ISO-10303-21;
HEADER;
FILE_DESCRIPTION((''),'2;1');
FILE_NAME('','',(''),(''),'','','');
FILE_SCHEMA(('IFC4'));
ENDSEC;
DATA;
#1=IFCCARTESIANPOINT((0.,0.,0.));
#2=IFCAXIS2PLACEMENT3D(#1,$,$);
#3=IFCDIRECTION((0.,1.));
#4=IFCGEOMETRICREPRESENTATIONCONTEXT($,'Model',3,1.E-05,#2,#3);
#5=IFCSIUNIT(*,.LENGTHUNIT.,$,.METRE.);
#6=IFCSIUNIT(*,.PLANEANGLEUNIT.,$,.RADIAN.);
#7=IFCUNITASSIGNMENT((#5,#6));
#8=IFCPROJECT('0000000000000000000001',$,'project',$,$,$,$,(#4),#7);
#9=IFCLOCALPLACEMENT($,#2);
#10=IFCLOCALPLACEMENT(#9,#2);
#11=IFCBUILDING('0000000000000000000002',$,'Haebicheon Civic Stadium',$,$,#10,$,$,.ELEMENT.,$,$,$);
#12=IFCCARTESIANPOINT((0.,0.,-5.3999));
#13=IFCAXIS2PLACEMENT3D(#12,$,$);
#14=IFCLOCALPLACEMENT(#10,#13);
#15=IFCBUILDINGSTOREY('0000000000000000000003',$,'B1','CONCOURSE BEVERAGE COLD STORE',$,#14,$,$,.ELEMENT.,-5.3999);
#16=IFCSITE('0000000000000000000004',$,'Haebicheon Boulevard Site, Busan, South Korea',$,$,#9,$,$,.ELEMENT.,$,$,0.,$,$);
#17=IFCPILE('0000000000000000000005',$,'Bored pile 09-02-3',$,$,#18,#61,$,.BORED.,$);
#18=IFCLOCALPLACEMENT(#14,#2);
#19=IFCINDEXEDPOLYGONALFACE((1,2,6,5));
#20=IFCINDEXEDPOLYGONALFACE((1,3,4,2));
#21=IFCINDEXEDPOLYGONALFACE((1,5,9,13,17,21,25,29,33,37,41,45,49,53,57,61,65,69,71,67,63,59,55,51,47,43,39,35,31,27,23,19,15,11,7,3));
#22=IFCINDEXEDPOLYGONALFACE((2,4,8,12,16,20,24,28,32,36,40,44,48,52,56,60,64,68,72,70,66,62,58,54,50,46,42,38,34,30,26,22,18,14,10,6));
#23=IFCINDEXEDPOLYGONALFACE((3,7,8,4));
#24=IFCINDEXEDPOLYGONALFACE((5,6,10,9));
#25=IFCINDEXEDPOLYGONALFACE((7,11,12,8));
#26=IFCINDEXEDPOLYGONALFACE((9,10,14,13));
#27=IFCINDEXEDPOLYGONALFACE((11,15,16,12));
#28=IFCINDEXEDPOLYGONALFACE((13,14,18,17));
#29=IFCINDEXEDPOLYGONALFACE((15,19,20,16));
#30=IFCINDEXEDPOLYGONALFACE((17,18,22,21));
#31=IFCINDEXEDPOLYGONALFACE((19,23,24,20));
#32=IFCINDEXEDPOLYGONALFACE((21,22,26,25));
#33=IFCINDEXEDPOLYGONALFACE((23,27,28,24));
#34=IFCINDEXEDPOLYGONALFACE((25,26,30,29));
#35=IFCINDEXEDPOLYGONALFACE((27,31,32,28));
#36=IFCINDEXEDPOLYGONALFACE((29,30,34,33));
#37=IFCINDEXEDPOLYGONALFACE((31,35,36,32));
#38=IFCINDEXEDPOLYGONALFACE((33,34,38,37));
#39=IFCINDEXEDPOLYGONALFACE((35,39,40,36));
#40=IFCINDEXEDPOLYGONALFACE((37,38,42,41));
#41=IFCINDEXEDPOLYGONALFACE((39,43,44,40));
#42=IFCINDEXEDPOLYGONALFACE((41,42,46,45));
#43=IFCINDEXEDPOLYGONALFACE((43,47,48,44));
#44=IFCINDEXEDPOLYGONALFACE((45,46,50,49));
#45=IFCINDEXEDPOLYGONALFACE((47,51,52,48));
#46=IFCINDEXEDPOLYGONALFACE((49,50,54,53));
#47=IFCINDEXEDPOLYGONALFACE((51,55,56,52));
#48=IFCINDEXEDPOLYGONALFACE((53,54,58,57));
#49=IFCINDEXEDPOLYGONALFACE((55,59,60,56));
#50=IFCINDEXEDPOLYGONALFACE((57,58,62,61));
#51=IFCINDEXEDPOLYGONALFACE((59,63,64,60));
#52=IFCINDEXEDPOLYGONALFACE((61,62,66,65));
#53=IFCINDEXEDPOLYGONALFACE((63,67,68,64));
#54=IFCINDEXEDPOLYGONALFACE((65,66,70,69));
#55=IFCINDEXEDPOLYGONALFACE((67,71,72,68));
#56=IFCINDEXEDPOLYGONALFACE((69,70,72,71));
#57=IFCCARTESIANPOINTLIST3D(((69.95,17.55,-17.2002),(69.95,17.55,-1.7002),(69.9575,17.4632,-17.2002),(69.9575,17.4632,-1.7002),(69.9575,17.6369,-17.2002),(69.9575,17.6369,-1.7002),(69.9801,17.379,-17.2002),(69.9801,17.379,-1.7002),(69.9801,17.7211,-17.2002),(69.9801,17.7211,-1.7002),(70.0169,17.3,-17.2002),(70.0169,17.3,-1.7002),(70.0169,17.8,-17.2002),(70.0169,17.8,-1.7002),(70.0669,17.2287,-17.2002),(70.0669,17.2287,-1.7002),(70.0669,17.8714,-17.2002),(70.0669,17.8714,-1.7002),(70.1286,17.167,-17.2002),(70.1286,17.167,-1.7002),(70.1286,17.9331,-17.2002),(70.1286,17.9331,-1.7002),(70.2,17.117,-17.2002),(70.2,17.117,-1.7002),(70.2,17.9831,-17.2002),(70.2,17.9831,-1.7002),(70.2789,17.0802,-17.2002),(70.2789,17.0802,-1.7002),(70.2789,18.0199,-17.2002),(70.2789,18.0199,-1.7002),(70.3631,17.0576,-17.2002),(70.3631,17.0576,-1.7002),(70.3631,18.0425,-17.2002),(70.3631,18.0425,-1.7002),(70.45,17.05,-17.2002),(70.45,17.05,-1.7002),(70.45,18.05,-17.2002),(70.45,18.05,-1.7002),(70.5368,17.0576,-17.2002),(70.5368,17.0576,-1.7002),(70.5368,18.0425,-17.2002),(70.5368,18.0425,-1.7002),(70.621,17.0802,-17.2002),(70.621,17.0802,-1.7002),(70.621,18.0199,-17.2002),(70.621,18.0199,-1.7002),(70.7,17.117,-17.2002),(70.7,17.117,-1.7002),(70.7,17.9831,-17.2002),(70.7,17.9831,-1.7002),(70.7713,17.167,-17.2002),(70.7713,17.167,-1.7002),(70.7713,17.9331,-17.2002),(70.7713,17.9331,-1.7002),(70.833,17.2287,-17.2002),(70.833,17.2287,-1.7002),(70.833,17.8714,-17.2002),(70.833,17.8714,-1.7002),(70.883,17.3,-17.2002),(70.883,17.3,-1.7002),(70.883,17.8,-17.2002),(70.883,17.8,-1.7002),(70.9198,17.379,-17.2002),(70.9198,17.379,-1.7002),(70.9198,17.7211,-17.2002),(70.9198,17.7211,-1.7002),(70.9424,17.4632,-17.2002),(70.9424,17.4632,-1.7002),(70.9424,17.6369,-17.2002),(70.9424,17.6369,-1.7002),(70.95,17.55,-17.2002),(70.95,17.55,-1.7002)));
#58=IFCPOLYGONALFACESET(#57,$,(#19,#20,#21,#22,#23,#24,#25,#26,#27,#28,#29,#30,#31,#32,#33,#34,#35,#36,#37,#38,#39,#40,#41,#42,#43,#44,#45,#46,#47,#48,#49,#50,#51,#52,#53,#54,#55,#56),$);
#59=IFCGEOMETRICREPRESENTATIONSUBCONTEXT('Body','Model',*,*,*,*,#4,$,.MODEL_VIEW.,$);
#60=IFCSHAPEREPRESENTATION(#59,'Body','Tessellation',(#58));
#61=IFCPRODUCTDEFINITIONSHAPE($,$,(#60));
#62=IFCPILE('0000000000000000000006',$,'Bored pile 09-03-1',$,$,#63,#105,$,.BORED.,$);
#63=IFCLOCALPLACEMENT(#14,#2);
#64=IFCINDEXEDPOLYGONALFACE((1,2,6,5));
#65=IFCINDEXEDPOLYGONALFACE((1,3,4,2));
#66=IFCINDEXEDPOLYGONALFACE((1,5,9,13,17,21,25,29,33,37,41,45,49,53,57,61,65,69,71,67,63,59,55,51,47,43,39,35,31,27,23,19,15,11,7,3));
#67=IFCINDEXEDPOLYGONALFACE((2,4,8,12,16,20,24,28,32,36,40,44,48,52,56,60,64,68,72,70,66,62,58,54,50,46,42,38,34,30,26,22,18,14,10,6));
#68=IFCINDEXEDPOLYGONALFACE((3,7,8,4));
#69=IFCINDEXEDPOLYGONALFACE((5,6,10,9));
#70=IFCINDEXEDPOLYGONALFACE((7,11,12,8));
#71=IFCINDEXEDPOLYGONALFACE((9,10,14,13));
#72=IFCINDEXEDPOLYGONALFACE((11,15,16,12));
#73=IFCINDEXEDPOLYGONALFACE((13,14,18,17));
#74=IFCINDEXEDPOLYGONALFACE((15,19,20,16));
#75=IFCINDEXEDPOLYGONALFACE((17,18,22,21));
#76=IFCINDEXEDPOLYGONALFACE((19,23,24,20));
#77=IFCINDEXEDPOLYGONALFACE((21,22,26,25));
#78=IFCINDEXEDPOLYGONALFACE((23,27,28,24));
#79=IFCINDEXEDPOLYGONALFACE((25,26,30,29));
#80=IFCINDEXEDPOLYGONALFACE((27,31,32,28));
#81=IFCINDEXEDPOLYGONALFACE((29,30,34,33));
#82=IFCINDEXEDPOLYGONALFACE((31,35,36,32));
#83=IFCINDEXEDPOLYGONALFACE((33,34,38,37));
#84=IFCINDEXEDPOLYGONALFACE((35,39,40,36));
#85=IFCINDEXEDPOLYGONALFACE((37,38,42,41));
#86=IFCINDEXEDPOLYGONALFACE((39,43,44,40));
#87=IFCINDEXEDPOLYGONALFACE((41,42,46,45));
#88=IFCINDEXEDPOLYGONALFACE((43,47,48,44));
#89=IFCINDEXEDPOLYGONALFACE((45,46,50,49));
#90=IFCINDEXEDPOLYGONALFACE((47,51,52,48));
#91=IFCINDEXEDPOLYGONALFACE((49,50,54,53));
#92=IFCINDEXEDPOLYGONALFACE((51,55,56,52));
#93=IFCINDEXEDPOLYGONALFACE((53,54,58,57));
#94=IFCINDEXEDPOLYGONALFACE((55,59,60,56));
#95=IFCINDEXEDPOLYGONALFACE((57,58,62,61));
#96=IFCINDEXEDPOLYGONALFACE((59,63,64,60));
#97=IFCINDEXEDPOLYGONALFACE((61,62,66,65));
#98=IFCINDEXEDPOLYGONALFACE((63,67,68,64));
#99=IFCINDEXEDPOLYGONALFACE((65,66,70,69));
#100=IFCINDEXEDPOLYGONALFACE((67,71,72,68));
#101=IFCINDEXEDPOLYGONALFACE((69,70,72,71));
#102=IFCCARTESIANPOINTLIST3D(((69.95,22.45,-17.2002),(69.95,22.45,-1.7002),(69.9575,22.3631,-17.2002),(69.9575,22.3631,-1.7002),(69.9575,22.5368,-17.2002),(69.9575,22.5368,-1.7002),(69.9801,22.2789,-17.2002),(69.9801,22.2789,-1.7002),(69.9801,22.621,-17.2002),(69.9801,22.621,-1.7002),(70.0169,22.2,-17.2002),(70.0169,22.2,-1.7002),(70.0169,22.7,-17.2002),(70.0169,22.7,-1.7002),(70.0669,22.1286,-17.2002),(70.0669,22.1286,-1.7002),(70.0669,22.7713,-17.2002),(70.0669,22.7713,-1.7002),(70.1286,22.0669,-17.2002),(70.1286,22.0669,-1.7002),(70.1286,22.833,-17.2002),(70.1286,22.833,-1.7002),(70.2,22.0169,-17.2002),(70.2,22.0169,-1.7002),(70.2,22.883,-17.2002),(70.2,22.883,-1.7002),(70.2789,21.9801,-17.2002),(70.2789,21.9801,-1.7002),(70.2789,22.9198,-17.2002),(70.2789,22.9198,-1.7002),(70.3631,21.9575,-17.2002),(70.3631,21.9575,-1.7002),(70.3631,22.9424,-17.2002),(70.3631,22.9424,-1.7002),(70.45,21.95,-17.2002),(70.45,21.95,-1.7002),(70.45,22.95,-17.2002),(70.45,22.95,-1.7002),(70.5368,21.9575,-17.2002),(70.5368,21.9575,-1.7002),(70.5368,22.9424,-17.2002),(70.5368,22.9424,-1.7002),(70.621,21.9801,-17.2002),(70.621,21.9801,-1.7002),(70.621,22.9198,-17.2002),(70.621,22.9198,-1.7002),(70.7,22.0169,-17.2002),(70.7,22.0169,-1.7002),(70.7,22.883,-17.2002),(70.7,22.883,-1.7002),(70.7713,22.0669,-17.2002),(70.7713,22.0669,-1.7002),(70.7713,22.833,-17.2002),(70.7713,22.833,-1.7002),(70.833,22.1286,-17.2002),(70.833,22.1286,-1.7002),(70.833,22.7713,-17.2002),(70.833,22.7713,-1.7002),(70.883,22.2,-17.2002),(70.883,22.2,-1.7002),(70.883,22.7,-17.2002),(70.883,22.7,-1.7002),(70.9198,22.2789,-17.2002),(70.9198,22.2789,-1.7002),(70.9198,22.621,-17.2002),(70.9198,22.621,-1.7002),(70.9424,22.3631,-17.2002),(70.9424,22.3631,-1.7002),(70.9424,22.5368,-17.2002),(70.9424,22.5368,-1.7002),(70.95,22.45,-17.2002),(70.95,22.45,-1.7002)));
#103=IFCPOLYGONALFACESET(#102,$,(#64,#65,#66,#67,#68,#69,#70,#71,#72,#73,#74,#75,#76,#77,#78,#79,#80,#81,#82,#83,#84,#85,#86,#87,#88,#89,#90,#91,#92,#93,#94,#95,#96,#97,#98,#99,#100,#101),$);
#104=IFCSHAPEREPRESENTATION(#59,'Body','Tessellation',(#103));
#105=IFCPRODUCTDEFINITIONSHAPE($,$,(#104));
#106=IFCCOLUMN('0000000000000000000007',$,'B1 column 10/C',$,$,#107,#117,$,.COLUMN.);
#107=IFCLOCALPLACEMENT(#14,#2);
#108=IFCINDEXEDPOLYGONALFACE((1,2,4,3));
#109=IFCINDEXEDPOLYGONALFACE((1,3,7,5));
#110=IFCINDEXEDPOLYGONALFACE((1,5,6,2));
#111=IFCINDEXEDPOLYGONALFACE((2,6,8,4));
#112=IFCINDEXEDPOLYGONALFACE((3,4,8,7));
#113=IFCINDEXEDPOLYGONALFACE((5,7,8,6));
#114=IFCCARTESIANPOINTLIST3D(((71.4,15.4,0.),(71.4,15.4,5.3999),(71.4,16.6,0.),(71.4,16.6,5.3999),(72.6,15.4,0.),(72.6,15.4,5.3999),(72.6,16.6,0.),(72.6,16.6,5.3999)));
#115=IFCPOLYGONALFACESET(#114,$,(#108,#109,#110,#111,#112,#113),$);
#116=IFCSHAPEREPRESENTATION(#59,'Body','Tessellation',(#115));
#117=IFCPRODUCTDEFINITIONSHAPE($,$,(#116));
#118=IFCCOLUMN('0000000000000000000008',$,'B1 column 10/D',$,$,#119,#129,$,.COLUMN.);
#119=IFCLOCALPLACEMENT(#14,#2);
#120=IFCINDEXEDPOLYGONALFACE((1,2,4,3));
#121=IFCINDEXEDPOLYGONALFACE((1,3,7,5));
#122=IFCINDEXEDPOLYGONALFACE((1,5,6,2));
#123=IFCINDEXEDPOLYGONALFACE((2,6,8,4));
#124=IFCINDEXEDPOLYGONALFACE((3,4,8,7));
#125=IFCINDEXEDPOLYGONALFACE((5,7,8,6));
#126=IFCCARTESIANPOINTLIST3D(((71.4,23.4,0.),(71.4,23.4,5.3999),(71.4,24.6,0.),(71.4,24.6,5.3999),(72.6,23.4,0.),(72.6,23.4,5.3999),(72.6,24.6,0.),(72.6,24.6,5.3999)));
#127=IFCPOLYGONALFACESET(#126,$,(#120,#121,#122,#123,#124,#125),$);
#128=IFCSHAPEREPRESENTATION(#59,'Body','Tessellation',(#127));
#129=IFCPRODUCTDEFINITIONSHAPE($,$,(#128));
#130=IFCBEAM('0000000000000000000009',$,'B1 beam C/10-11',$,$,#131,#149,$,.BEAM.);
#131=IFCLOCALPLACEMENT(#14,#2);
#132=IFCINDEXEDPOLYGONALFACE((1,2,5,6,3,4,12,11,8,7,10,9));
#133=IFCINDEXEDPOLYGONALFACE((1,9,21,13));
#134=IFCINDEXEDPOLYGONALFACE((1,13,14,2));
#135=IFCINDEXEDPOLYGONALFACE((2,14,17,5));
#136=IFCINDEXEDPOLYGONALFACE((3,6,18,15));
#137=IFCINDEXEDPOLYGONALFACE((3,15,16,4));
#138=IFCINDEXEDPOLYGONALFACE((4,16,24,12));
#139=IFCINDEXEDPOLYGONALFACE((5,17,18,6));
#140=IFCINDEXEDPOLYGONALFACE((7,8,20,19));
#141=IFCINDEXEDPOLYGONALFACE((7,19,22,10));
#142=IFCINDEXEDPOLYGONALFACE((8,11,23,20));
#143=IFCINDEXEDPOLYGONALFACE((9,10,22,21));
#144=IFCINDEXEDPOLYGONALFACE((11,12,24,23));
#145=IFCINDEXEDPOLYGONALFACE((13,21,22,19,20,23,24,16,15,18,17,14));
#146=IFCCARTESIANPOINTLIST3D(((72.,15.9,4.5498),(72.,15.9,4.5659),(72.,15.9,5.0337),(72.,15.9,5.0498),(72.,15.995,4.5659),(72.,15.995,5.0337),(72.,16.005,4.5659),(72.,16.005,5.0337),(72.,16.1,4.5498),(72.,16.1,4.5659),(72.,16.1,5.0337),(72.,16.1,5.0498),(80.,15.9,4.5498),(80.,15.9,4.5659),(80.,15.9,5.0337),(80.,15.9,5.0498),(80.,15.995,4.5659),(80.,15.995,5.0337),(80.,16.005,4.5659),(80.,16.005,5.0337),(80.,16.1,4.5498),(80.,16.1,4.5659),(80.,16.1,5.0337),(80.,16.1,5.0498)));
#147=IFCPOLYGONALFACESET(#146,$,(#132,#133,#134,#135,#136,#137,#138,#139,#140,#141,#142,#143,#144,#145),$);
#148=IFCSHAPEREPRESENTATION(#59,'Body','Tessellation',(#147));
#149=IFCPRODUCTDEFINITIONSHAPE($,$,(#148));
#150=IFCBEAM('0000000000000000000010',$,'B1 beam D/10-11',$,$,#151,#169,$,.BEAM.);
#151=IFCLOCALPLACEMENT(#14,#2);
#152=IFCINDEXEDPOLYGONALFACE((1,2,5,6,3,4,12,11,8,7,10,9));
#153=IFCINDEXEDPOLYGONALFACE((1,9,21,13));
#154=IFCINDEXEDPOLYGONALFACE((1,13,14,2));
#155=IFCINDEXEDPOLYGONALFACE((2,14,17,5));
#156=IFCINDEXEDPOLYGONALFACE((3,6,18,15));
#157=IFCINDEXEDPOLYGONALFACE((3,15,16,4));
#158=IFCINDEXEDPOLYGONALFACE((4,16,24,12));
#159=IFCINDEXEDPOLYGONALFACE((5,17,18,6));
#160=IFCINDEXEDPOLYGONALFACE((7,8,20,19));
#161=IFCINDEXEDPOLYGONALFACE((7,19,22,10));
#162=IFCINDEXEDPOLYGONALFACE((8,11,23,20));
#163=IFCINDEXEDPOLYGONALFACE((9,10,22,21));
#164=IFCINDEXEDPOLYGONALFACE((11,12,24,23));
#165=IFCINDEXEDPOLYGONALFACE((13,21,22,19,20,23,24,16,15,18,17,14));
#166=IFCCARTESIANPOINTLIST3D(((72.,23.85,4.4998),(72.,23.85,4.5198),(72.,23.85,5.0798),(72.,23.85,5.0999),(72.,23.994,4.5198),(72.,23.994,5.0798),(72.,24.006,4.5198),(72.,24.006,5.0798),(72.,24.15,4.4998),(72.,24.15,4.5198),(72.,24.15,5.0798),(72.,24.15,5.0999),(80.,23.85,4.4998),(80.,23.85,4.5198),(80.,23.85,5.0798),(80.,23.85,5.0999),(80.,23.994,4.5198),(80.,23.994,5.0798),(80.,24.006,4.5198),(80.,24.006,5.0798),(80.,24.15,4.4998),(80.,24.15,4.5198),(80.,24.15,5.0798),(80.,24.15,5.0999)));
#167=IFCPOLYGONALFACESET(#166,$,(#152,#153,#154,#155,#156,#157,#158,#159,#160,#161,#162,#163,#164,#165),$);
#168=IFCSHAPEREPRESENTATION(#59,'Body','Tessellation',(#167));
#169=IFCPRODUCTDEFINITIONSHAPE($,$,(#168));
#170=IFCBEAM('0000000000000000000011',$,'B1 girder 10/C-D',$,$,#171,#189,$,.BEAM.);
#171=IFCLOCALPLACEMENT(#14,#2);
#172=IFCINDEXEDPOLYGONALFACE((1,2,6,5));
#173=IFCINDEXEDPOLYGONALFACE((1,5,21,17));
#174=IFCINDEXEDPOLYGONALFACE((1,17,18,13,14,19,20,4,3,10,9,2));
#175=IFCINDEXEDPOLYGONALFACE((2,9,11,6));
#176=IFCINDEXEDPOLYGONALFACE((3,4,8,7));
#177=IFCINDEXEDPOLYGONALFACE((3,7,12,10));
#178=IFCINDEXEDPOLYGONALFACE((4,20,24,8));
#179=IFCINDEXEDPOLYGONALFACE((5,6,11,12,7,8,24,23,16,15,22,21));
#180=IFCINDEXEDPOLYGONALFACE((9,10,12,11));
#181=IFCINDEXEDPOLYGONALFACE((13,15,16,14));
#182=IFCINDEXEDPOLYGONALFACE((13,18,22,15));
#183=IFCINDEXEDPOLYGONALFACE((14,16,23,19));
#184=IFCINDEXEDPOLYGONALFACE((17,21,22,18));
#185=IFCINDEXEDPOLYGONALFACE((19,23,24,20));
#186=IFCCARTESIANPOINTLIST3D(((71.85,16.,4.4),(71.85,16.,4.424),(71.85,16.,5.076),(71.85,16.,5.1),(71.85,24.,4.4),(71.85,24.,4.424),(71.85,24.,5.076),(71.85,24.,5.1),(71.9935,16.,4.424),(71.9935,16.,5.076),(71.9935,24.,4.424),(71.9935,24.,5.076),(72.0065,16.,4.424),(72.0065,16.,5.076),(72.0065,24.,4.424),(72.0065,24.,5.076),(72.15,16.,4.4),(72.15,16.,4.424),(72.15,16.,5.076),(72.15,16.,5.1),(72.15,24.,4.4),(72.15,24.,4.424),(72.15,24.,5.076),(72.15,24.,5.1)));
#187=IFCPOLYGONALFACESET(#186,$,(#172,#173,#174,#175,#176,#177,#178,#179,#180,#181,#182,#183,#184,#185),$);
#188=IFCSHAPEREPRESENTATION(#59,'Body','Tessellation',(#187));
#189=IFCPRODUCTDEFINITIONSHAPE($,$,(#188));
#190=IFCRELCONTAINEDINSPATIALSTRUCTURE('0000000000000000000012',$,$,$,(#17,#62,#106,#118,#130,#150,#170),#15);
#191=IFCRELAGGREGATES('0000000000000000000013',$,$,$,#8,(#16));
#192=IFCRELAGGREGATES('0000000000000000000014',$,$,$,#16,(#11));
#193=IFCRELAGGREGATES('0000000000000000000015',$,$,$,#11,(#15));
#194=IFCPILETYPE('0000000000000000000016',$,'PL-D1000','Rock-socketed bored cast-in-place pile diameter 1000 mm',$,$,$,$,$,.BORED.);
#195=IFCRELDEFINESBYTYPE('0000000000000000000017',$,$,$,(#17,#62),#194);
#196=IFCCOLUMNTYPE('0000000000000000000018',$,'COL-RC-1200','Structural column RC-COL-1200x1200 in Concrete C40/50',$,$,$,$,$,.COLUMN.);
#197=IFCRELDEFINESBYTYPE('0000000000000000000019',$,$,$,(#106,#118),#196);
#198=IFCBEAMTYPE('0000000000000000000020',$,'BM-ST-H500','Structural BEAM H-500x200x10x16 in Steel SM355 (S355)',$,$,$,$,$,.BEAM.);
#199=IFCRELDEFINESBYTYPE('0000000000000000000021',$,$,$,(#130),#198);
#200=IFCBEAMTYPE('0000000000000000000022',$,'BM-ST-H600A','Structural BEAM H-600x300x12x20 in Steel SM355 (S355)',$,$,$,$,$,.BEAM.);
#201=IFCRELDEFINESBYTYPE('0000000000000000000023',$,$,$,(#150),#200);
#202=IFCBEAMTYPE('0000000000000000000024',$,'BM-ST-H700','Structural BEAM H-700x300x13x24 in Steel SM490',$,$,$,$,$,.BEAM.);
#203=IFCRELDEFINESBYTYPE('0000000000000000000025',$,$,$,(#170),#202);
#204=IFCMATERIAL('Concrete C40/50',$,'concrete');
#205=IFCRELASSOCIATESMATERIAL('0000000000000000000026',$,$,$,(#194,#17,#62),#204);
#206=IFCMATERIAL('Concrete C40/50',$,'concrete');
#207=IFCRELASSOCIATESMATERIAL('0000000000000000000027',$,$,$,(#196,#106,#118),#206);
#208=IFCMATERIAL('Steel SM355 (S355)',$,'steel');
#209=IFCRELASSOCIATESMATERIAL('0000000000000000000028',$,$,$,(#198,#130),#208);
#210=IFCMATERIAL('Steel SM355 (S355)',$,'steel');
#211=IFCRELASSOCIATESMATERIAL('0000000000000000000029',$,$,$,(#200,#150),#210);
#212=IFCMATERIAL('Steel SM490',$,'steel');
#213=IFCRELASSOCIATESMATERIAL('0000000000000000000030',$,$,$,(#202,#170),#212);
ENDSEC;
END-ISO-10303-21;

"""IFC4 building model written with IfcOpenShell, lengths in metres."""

from ifc_helpers import new_model, si_unit, direction, frame, origin, origin_2d, place, context, subcontext, project, spatial, rectangle, circle, i_section, extrude, material, material_profile, profile_set, type_object, element, save


model = new_model("IFC4")

# Units and contexts
model_context = context("Model", 3, precision=1e-05, world=origin(), true_north=direction((0.0, 1.0)))
body_context = subcontext(model_context, "Body", "Model", "MODEL_VIEW")
ifc_project = project(units=[si_unit("LENGTHUNIT", "METRE"), si_unit("PLANEANGLEUNIT", "RADIAN")], contexts=[model_context])

# Site, building, storey
site_placement = place(None, origin())
site = spatial("IfcSite", under=ifc_project, at=site_placement, Name="Haebicheon Boulevard Site, Busan, South Korea", CompositionType="ELEMENT", RefElevation=0.0)
building_placement = place(site_placement, origin())
building = spatial("IfcBuilding", under=site, at=building_placement, Name="Haebicheon Civic Stadium", CompositionType="ELEMENT")
storey_placement = place(building_placement, frame((0.0, 0.0, -5.3999)))
storey = spatial("IfcBuildingStorey", under=building, at=storey_placement, Name="B1", Description="CONCOURSE BEVERAGE COLD STORE", CompositionType="ELEMENT", Elevation=-5.3999)

# Piles
ifc_material_1 = material(Name="Concrete C40/50", Category="concrete")
ifc_material_profile_1 = material_profile(ifc_material_1, circle(Radius=0.5, at=origin_2d()), Name="PILE-D1000")
ifc_profile_set_1 = profile_set([ifc_material_profile_1], Name="Concrete C40/50")
pile_type = type_object("IfcPileType", Name="PL-D1000", Description="Rock-socketed bored cast-in-place pile diameter 1000 mm", PredefinedType="BORED", material=ifc_profile_set_1)
for number, where, z_axis, x_axis, name in (
    (1, (70.45, 17.55, -1.7002), (0.0, 0.0, -1.0), (1.0, 0.0, 0.0), "Bored pile 09-02-3"),
    (2, (70.45, 22.45, -1.7002), (0.0, 0.0, -1.0), (1.0, 0.0, 0.0), "Bored pile 09-03-1"),
):
    element("IfcPile", number, at=place(storey_placement, frame(where, z_axis=z_axis, x_axis=x_axis)), inside=storey, type_object=pile_type, material=ifc_profile_set_1, Name=name, PredefinedType="BORED", context=body_context, shape_type="SweptSolid", body=[
        extrude(circle(Radius=0.5, at=origin_2d()), origin(), (0.0, 0.0, 1.0), 15.5),
    ])

# Columns
ifc_material_2 = material(Name="Concrete C40/50", Category="concrete")
ifc_material_profile_2 = material_profile(ifc_material_2, rectangle(XDim=1.2, YDim=1.2, at=origin_2d()), Name="RC-COL-1200x1200")
ifc_profile_set_2 = profile_set([ifc_material_profile_2], Name="Concrete C40/50")
column_type = type_object("IfcColumnType", Name="COL-RC-1200", Description="Structural column RC-COL-1200x1200 in Concrete C40/50", PredefinedType="COLUMN", material=ifc_profile_set_2)
for number, where, z_axis, x_axis, name in (
    (3, (72.0, 16.0, 0.0), (0.0, 0.0, 1.0), (1.0, 0.0, 0.0), "B1 column 10/C"),
    (4, (72.0, 24.0, 0.0), (0.0, 0.0, 1.0), (1.0, 0.0, 0.0), "B1 column 10/D"),
):
    element("IfcColumn", number, at=place(storey_placement, frame(where, z_axis=z_axis, x_axis=x_axis)), inside=storey, type_object=column_type, material=ifc_profile_set_2, Name=name, PredefinedType="COLUMN", context=body_context, shape_type="SweptSolid", body=[
        extrude(rectangle(XDim=1.2, YDim=1.2, at=origin_2d()), origin(), (0.0, 0.0, 1.0), 5.3999),
    ])

# Beams
ifc_material_3 = material(Name="Steel SM355 (S355)", Category="steel")
ifc_material_profile_3 = material_profile(ifc_material_3, i_section(OverallWidth=0.2, OverallDepth=0.5, WebThickness=0.01, FlangeThickness=0.0161, at=origin_2d()), Name="H-500x200x10x16")
ifc_profile_set_3 = profile_set([ifc_material_profile_3], Name="Steel SM355 (S355)")
beam_type_1 = type_object("IfcBeamType", Name="BM-ST-H500", Description="Structural BEAM H-500x200x10x16 in Steel SM355 (S355)", PredefinedType="BEAM", material=ifc_profile_set_3)
beam_1_placement = place(storey_placement, frame((72.0, 16.0, 4.7998), z_axis=(1.0, 0.0, 0.0), x_axis=(0.0, 1.0, 0.0)))
element("IfcBeam", 5, at=beam_1_placement, inside=storey, type_object=beam_type_1, material=ifc_profile_set_3, Name="B1 beam C/10-11", PredefinedType="BEAM", context=body_context, shape_type="SweptSolid", body=[
    extrude(i_section(OverallWidth=0.2, OverallDepth=0.5, WebThickness=0.01, FlangeThickness=0.0161, at=origin_2d()), origin(), (0.0, 0.0, 1.0), 8.0),
])
ifc_material_4 = material(Name="Steel SM355 (S355)", Category="steel")
ifc_material_profile_4 = material_profile(ifc_material_4, i_section(OverallWidth=0.3, OverallDepth=0.6001, WebThickness=0.012, FlangeThickness=0.02, at=origin_2d()), Name="H-600x300x12x20")
ifc_profile_set_4 = profile_set([ifc_material_profile_4], Name="Steel SM355 (S355)")
beam_type_2 = type_object("IfcBeamType", Name="BM-ST-H600A", Description="Structural BEAM H-600x300x12x20 in Steel SM355 (S355)", PredefinedType="BEAM", material=ifc_profile_set_4)
beam_2_placement = place(storey_placement, frame((72.0, 24.0, 4.7998), z_axis=(1.0, 0.0, 0.0), x_axis=(0.0, 1.0, 0.0)))
element("IfcBeam", 6, at=beam_2_placement, inside=storey, type_object=beam_type_2, material=ifc_profile_set_4, Name="B1 beam D/10-11", PredefinedType="BEAM", context=body_context, shape_type="SweptSolid", body=[
    extrude(i_section(OverallWidth=0.3, OverallDepth=0.6001, WebThickness=0.012, FlangeThickness=0.02, at=origin_2d()), origin(), (0.0, 0.0, 1.0), 8.0),
])
ifc_material_5 = material(Name="Steel SM490", Category="steel")
ifc_material_profile_5 = material_profile(ifc_material_5, i_section(OverallWidth=0.3, OverallDepth=0.7, WebThickness=0.0129, FlangeThickness=0.0239, at=origin_2d()), Name="H-700x300x13x24")
ifc_profile_set_5 = profile_set([ifc_material_profile_5], Name="Steel SM490")
beam_type_3 = type_object("IfcBeamType", Name="BM-ST-H700", Description="Structural BEAM H-700x300x13x24 in Steel SM490", PredefinedType="BEAM", material=ifc_profile_set_5)
for number, where, z_axis, x_axis, name in (
    (7, (72.0, 16.0, 4.75), (0.0, 1.0, 0.0), (-1.0, 0.0, 0.0), "B1 girder 10/C-D"),
):
    element("IfcBeam", number, at=place(storey_placement, frame(where, z_axis=z_axis, x_axis=x_axis)), inside=storey, type_object=beam_type_3, material=ifc_profile_set_5, Name=name, PredefinedType="BEAM", context=body_context, shape_type="SweptSolid", body=[
        extrude(i_section(OverallWidth=0.3, OverallDepth=0.7, WebThickness=0.0129, FlangeThickness=0.0239, at=origin_2d()), origin(), (0.0, 0.0, 1.0), 8.0),
    ])

save(model, "model.ifc")
